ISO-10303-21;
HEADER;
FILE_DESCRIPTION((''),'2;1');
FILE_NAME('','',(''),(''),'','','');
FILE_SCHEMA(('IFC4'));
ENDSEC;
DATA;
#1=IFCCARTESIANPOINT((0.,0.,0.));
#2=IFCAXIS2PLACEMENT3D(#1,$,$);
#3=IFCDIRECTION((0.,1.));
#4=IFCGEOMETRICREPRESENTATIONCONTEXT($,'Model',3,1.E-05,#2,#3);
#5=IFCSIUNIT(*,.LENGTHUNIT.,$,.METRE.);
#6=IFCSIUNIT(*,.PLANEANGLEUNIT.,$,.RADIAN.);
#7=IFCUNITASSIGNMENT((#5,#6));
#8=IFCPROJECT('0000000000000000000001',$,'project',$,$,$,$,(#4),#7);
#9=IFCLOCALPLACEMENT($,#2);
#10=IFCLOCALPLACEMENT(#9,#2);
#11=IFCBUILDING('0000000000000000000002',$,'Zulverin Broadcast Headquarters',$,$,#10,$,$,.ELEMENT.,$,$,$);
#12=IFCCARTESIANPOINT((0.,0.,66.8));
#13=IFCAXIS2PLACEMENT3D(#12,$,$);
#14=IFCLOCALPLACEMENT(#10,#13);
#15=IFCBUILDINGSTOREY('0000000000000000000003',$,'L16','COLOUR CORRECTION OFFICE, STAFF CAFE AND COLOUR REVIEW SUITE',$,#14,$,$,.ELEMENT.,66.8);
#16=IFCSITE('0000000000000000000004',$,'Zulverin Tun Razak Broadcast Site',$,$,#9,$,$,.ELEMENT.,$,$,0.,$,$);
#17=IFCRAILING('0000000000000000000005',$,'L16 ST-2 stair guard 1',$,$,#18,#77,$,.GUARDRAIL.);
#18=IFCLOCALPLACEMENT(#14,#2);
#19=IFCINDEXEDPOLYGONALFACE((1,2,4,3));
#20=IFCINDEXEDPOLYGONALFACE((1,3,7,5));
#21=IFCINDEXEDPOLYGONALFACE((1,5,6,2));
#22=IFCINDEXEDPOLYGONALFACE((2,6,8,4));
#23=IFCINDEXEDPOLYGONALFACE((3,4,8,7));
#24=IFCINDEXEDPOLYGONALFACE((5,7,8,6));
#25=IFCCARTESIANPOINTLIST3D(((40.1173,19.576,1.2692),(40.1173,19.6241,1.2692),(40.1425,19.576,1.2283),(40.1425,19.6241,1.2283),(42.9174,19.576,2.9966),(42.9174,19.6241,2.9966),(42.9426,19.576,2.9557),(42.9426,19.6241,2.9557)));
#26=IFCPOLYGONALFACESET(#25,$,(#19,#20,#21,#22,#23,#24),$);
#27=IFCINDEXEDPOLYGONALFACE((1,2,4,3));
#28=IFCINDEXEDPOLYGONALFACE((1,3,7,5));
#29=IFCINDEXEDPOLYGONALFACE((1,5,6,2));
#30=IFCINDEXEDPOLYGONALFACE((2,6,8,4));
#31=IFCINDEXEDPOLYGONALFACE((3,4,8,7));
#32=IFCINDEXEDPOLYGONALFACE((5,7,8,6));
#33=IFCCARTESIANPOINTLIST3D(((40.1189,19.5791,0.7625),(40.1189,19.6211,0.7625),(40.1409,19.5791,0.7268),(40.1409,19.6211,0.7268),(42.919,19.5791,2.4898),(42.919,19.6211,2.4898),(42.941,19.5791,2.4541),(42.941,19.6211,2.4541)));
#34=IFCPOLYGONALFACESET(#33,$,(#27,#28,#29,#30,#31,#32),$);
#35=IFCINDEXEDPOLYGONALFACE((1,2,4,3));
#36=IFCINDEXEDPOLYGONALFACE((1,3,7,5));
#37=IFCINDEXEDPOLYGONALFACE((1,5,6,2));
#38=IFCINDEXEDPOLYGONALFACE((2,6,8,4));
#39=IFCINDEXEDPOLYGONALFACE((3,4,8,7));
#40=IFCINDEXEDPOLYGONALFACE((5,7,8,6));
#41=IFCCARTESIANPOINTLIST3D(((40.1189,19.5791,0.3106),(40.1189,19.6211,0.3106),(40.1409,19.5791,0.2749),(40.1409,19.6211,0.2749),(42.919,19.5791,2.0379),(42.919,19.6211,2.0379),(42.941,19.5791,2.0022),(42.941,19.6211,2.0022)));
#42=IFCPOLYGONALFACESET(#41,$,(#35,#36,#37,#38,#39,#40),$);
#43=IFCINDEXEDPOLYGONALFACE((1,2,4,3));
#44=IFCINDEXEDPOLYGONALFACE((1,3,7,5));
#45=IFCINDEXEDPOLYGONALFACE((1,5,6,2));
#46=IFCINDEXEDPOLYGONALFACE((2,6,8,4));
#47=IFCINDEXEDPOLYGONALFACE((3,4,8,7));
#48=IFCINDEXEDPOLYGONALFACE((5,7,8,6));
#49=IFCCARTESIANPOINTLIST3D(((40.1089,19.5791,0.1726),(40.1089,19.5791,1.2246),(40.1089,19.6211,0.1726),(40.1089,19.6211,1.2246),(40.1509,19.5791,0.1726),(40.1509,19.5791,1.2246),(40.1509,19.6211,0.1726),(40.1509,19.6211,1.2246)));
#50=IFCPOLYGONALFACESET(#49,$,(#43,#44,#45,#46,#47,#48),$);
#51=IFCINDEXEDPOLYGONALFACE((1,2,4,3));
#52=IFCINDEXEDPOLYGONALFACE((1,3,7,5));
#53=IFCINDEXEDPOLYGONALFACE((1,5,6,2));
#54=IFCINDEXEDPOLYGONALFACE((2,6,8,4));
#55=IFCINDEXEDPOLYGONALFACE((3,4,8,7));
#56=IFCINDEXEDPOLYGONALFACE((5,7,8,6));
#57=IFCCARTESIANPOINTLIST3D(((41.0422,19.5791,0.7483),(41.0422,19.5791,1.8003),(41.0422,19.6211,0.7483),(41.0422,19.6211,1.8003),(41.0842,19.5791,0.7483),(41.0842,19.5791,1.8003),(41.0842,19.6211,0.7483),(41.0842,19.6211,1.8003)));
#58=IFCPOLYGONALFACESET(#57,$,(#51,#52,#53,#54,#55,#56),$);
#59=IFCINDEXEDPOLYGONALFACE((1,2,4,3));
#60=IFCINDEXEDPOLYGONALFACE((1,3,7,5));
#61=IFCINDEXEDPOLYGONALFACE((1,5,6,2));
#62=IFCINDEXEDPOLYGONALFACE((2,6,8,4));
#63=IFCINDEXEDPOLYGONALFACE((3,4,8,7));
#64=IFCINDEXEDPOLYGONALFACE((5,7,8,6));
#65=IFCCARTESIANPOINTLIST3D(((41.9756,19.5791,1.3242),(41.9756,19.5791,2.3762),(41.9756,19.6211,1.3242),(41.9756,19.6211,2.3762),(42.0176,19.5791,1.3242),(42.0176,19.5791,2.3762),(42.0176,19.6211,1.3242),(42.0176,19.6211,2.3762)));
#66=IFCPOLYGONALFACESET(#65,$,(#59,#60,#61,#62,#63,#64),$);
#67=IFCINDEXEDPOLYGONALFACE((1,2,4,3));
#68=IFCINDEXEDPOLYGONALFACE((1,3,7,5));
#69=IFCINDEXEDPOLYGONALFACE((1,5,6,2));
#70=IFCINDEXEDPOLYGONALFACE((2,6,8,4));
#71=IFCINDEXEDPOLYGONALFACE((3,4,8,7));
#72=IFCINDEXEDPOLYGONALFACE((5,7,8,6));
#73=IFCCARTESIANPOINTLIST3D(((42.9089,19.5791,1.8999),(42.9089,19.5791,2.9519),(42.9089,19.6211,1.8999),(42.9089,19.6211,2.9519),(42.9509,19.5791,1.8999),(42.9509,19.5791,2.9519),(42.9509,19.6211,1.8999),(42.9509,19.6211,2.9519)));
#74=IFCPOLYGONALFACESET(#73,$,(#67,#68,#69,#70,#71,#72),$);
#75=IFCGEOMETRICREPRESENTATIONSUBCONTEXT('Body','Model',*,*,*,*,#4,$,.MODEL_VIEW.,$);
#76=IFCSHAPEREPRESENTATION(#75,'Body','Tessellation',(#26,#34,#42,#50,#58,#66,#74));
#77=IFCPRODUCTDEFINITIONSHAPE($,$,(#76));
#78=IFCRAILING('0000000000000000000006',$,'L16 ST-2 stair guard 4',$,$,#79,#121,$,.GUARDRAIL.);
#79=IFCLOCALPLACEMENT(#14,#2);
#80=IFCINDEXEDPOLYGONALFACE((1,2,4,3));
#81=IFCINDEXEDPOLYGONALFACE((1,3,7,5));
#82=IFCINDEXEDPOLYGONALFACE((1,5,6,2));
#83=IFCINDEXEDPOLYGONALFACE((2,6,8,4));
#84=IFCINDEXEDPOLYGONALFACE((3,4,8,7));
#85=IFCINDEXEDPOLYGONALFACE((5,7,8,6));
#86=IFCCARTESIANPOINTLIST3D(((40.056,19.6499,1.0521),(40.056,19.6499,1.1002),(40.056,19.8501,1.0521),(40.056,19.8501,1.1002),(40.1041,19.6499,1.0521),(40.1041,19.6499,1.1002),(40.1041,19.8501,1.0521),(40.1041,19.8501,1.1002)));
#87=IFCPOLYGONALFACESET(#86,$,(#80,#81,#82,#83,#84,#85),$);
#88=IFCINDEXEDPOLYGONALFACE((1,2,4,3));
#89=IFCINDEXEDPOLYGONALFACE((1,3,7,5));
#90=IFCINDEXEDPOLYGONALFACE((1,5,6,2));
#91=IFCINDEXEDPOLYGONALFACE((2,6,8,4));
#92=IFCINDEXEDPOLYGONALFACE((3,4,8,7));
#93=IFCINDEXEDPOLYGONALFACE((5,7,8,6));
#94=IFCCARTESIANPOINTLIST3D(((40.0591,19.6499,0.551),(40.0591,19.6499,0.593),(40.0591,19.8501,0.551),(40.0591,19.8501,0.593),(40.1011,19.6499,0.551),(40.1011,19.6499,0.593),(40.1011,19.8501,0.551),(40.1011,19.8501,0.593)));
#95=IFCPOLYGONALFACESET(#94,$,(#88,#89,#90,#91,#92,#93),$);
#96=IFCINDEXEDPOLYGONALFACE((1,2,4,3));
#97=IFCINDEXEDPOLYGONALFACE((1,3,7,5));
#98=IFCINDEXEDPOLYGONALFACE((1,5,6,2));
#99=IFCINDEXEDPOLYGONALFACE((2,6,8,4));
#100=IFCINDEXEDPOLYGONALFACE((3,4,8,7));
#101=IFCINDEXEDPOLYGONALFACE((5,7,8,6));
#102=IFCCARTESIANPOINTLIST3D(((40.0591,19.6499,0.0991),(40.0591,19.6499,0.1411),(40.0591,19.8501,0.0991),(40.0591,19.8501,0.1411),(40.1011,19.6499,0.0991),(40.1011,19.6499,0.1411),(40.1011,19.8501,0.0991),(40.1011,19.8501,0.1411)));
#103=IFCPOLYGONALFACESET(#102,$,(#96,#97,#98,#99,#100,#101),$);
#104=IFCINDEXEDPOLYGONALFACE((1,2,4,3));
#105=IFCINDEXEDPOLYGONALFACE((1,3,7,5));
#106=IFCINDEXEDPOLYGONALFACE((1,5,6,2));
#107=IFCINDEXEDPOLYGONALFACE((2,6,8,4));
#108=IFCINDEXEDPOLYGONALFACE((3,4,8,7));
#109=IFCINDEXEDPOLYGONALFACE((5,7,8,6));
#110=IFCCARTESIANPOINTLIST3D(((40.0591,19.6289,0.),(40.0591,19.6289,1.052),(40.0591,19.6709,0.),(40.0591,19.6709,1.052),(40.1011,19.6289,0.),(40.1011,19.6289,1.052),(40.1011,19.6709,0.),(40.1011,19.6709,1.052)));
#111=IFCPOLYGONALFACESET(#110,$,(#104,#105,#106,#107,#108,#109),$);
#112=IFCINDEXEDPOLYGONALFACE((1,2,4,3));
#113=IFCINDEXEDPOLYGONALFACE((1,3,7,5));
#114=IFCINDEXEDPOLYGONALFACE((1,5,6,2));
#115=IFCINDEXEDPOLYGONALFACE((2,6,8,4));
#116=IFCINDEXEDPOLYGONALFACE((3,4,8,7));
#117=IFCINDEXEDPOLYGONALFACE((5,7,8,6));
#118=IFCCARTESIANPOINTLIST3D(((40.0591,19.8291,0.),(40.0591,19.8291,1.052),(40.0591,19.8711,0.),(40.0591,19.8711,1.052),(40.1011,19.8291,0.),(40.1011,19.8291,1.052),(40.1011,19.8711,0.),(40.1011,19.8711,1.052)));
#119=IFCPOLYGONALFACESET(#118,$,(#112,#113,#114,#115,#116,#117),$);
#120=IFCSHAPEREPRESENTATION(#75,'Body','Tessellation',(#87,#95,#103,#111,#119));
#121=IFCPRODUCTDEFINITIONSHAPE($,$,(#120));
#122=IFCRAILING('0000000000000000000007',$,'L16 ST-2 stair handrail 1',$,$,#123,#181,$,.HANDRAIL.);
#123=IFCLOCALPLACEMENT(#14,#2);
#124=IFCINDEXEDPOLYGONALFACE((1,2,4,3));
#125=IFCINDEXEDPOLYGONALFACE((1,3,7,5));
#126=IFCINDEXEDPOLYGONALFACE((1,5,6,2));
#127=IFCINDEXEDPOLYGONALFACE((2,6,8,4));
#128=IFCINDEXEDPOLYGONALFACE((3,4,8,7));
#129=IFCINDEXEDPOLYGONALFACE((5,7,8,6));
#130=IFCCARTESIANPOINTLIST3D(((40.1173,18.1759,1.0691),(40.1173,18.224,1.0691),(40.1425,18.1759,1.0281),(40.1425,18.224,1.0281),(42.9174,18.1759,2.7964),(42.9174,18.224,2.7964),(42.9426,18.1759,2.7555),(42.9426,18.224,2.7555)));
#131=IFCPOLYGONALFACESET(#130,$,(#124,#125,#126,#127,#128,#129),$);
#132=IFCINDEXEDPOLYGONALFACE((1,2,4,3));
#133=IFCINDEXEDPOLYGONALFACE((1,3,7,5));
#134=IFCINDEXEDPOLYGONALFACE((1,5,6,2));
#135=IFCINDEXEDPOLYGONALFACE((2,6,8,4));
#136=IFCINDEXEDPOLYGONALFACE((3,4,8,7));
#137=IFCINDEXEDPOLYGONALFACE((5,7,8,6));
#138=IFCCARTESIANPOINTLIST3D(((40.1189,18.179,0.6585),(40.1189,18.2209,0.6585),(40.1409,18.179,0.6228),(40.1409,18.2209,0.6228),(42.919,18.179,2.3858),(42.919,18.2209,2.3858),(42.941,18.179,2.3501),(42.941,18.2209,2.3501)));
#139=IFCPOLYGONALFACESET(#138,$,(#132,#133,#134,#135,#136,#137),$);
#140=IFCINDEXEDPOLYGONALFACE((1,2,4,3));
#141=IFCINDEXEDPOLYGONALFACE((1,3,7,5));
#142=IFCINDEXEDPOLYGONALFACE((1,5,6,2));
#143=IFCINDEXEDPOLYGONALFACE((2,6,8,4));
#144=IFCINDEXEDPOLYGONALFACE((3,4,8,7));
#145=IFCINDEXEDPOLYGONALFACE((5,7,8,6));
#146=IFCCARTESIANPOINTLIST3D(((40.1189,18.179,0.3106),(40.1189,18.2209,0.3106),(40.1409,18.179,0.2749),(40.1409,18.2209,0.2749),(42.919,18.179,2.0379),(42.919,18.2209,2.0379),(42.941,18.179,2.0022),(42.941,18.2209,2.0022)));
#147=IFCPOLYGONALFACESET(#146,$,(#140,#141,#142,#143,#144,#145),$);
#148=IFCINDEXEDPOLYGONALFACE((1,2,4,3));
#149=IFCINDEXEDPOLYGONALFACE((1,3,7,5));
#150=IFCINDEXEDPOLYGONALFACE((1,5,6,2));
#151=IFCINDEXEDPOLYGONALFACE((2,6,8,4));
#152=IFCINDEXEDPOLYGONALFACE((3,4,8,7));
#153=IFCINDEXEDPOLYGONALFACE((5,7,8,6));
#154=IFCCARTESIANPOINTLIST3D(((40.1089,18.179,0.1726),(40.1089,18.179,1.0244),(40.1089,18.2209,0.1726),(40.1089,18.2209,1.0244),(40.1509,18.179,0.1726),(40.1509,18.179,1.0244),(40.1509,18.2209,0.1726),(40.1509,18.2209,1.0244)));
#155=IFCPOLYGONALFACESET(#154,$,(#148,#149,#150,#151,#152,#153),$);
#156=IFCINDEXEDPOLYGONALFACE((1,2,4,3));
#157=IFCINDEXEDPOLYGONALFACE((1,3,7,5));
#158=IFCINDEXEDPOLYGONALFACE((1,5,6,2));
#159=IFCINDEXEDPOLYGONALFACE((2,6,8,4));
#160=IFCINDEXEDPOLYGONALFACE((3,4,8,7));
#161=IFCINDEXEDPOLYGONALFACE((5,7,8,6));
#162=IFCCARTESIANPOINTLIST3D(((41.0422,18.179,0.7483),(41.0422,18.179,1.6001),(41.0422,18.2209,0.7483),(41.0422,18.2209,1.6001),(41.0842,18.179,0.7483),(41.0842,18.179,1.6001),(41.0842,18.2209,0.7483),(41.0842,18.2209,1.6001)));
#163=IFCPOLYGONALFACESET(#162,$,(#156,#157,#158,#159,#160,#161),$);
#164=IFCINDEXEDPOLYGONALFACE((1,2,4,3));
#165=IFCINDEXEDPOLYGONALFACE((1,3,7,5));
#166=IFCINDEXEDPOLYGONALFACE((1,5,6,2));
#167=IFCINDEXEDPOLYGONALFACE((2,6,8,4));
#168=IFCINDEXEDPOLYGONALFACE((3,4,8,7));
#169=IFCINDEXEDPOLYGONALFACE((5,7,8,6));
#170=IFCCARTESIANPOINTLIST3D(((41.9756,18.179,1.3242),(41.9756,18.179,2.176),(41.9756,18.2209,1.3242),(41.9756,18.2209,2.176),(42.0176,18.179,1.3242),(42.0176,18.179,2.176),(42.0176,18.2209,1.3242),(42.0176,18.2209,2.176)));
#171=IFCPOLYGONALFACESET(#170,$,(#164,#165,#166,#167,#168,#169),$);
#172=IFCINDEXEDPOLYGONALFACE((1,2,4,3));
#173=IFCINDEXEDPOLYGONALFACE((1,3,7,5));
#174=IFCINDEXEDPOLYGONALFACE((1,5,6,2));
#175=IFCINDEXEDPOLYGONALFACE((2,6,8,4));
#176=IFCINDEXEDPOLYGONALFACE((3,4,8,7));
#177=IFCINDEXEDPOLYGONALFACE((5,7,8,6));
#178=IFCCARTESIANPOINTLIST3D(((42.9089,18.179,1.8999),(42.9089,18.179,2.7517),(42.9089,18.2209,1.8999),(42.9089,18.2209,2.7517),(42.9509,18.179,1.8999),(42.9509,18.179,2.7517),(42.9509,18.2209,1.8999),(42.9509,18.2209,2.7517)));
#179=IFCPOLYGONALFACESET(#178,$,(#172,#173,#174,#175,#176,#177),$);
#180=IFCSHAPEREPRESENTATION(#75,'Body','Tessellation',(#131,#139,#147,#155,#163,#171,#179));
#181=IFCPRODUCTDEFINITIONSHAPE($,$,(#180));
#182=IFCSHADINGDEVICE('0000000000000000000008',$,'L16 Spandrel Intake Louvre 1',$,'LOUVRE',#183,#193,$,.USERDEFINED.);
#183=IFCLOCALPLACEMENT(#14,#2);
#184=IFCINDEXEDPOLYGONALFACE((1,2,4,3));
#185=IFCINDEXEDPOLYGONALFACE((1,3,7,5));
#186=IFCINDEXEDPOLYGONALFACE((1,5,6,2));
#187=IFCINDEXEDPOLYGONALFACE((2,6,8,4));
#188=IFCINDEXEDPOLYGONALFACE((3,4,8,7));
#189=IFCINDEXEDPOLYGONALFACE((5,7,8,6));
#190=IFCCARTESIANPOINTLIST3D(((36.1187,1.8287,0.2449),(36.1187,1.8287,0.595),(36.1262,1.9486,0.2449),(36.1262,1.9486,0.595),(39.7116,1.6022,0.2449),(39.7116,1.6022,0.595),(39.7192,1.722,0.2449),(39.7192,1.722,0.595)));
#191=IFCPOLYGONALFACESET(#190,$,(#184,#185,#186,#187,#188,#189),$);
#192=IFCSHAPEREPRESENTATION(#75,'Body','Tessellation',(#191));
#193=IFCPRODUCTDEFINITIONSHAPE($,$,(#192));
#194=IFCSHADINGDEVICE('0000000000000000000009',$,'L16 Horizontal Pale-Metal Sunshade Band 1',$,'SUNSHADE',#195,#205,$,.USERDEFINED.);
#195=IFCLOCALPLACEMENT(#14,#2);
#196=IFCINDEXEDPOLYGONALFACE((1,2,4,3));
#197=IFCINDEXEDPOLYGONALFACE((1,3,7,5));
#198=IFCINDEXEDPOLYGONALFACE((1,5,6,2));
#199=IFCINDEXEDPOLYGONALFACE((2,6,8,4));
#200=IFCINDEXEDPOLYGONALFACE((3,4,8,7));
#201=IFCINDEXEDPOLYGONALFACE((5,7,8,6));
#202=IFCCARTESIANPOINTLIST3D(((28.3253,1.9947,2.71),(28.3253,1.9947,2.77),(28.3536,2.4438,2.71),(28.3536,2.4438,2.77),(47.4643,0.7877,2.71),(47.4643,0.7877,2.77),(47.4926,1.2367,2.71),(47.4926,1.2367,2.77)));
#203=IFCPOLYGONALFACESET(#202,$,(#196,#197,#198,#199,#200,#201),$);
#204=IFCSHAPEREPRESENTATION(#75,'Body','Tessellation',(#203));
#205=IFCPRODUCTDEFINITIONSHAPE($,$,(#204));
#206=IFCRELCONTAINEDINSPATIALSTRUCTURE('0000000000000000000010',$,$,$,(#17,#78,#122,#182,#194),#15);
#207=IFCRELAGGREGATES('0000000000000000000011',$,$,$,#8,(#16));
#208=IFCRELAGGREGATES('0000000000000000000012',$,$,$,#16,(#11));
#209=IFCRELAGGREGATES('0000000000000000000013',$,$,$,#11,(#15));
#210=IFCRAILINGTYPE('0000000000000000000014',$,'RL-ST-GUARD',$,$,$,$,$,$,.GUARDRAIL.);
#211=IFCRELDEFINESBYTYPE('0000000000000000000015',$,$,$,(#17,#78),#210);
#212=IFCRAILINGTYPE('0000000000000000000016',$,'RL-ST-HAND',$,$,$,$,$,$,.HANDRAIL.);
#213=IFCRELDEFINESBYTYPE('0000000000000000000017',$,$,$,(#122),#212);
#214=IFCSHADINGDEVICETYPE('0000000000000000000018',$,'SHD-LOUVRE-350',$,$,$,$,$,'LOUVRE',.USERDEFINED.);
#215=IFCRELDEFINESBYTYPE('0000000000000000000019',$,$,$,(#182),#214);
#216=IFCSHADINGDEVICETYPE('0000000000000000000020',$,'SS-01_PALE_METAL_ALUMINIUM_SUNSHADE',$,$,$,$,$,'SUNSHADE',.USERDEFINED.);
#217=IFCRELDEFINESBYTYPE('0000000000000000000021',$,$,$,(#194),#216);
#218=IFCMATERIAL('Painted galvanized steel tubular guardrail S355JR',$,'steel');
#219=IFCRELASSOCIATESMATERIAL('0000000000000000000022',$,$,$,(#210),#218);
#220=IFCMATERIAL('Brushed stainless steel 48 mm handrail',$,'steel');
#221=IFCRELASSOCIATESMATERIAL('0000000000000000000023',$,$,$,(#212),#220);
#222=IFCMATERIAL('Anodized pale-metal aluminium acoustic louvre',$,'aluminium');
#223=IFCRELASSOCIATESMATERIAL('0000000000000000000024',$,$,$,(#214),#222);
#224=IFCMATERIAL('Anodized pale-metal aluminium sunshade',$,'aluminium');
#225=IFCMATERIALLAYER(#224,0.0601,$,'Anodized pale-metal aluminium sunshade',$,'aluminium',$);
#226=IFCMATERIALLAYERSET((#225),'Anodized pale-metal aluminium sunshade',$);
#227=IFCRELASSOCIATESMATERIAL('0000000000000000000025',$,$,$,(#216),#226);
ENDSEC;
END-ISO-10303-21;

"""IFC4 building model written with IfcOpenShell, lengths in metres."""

from ifc_helpers import new_model, si_unit, direction, frame, origin, origin_2d, place, context, subcontext, project, spatial, rectangle, extrude, material, layer, layer_set, type_object, element, save


model = new_model("IFC4")

# Units and contexts
model_context = context("Model", 3, precision=1e-05, world=origin(), true_north=direction((0.0, 1.0)))
body_context = subcontext(model_context, "Body", "Model", "MODEL_VIEW")
ifc_project = project(units=[si_unit("LENGTHUNIT", "METRE"), si_unit("PLANEANGLEUNIT", "RADIAN")], contexts=[model_context])

# Site, building, storey
site_placement = place(None, origin())
site = spatial("IfcSite", under=ifc_project, at=site_placement, Name="Zulverin Tun Razak Broadcast Site", CompositionType="ELEMENT", RefElevation=0.0)
building_placement = place(site_placement, origin())
building = spatial("IfcBuilding", under=site, at=building_placement, Name="Zulverin Broadcast Headquarters", CompositionType="ELEMENT")
storey_placement = place(building_placement, frame((0.0, 0.0, 66.8)))
storey = spatial("IfcBuildingStorey", under=building, at=storey_placement, Name="L16", Description="COLOUR CORRECTION OFFICE, STAFF CAFE AND COLOUR REVIEW SUITE", CompositionType="ELEMENT", Elevation=66.8)

# Railings
ifc_material_1 = material(Name="Painted galvanized steel tubular guardrail S355JR", Category="steel")
railing_type_1 = type_object("IfcRailingType", Name="RL-ST-GUARD", PredefinedType="GUARDRAIL", material=ifc_material_1)
railing_1_placement = place(storey_placement, frame((40.1299, 19.6001, 0.1726)))
element("IfcRailing", 1, at=railing_1_placement, inside=storey, type_object=railing_type_1, Name="L16 ST-2 stair guard 1", PredefinedType="GUARDRAIL", context=body_context, shape_type="SweptSolid", body=[
    extrude(rectangle(XDim=0.0481, YDim=0.0481, at=origin_2d()), frame((0.0, 0.0, 1.0762), z_axis=(0.85109, 0.0, 0.52502), x_axis=(0.0, 1.0, 0.0)), (0.0, 0.0, 1.0), 3.29),
    extrude(rectangle(XDim=0.042, YDim=0.042, at=origin_2d()), frame((0.0, 0.0, 0.572), z_axis=(0.85109, 0.0, 0.52502), x_axis=(0.0, 1.0, 0.0)), (0.0, 0.0, 1.0), 3.29),
    extrude(rectangle(XDim=0.042, YDim=0.042, at=origin_2d()), frame((0.0, 0.0, 0.1201), z_axis=(0.85109, 0.0, 0.52502), x_axis=(0.0, 1.0, 0.0)), (0.0, 0.0, 1.0), 3.29),
    extrude(rectangle(XDim=0.042, YDim=0.042, at=origin_2d()), origin(), (0.0, 0.0, 1.0), 1.052),
    extrude(rectangle(XDim=0.042, YDim=0.042, at=origin_2d()), frame((0.9333, 0.0, 0.5757)), (0.0, 0.0, 1.0), 1.052),
    extrude(rectangle(XDim=0.042, YDim=0.042, at=origin_2d()), frame((1.8667, 0.0, 1.1516)), (0.0, 0.0, 1.0), 1.052),
    extrude(rectangle(XDim=0.042, YDim=0.042, at=origin_2d()), frame((2.8, 0.0, 1.7273)), (0.0, 0.0, 1.0), 1.052),
])
railing_2_placement = place(storey_placement, frame((40.0801, 19.6499, 0.0)))
element("IfcRailing", 2, at=railing_2_placement, inside=storey, type_object=railing_type_1, Name="L16 ST-2 stair guard 4", PredefinedType="GUARDRAIL", context=body_context, shape_type="SweptSolid", body=[
    extrude(rectangle(XDim=0.0481, YDim=0.0481, at=origin_2d()), frame((0.0, 0.0, 1.0762), z_axis=(0.0, 1.0, 0.0), x_axis=(-1.0, 0.0, 0.0)), (0.0, 0.0, 1.0), 0.2002),
    extrude(rectangle(XDim=0.042, YDim=0.042, at=origin_2d()), frame((0.0, 0.0, 0.572), z_axis=(0.0, 1.0, 0.0), x_axis=(-1.0, 0.0, 0.0)), (0.0, 0.0, 1.0), 0.2002),
    extrude(rectangle(XDim=0.042, YDim=0.042, at=origin_2d()), frame((0.0, 0.0, 0.1201), z_axis=(0.0, 1.0, 0.0), x_axis=(-1.0, 0.0, 0.0)), (0.0, 0.0, 1.0), 0.2002),
    extrude(rectangle(XDim=0.042, YDim=0.042, at=origin_2d()), origin(), (0.0, 0.0, 1.0), 1.052),
    extrude(rectangle(XDim=0.042, YDim=0.042, at=origin_2d()), frame((0.0, 0.2002, 0.0)), (0.0, 0.0, 1.0), 1.052),
])
ifc_material_2 = material(Name="Brushed stainless steel 48 mm handrail", Category="steel")
railing_type_2 = type_object("IfcRailingType", Name="RL-ST-HAND", PredefinedType="HANDRAIL", material=ifc_material_2)
railing_3_placement = place(storey_placement, frame((40.1299, 18.2, 0.1726)))
element("IfcRailing", 3, at=railing_3_placement, inside=storey, type_object=railing_type_2, Name="L16 ST-2 stair handrail 1", PredefinedType="HANDRAIL", context=body_context, shape_type="SweptSolid", body=[
    extrude(rectangle(XDim=0.0481, YDim=0.0481, at=origin_2d()), frame((0.0, 0.0, 0.876), z_axis=(0.85109, 0.0, 0.52502), x_axis=(0.0, 1.0, 0.0)), (0.0, 0.0, 1.0), 3.29),
    extrude(rectangle(XDim=0.042, YDim=0.042, at=origin_2d()), frame((0.0, 0.0, 0.468), z_axis=(0.85109, 0.0, 0.52502), x_axis=(0.0, 1.0, 0.0)), (0.0, 0.0, 1.0), 3.29),
    extrude(rectangle(XDim=0.042, YDim=0.042, at=origin_2d()), frame((0.0, 0.0, 0.1201), z_axis=(0.85109, 0.0, 0.52502), x_axis=(0.0, 1.0, 0.0)), (0.0, 0.0, 1.0), 3.29),
    extrude(rectangle(XDim=0.042, YDim=0.042, at=origin_2d()), origin(), (0.0, 0.0, 1.0), 0.8518),
    extrude(rectangle(XDim=0.042, YDim=0.042, at=origin_2d()), frame((0.9333, 0.0, 0.5757)), (0.0, 0.0, 1.0), 0.8518),
    extrude(rectangle(XDim=0.042, YDim=0.042, at=origin_2d()), frame((1.8667, 0.0, 1.1516)), (0.0, 0.0, 1.0), 0.8518),
    extrude(rectangle(XDim=0.042, YDim=0.042, at=origin_2d()), frame((2.8, 0.0, 1.7273)), (0.0, 0.0, 1.0), 0.8518),
])

# Shading devices
ifc_material_3 = material(Name="Anodized pale-metal aluminium acoustic louvre", Category="aluminium")
shading_device_type_1 = type_object("IfcShadingDeviceType", Name="SHD-LOUVRE-350", ElementType="LOUVRE", PredefinedType="USERDEFINED", material=ifc_material_3)
shading_device_1_placement = place(storey_placement, frame((37.9189, 1.7754, 0.2449), z_axis=(0.0, 0.0, 1.0), x_axis=(0.998017, -0.062942, 0.0)))
element("IfcShadingDevice", 4, at=shading_device_1_placement, inside=storey, type_object=shading_device_type_1, Name="L16 Spandrel Intake Louvre 1", ObjectType="LOUVRE", PredefinedType="USERDEFINED", context=body_context, shape_type="SweptSolid", body=[
    extrude(rectangle(XDim=3.6001, YDim=0.1201, at=origin_2d()), origin(), (0.0, 0.0, 1.0), 0.3501),
])
ifc_material_4 = material(Name="Anodized pale-metal aluminium sunshade", Category="aluminium")
ifc_layer_1 = layer(ifc_material_4, 0.0601, Name="Anodized pale-metal aluminium sunshade", Category="aluminium")
ifc_layer_set_1 = layer_set([ifc_layer_1], Name="Anodized pale-metal aluminium sunshade")
shading_device_type_2 = type_object("IfcShadingDeviceType", Name="SS-01_PALE_METAL_ALUMINIUM_SUNSHADE", ElementType="SUNSHADE", PredefinedType="USERDEFINED", material=ifc_layer_set_1)
shading_device_2_placement = place(storey_placement, frame((37.9089, 1.6157, 2.71), z_axis=(0.0, 0.0, 1.0), x_axis=(0.998017, -0.062942, 0.0)))
element("IfcShadingDevice", 5, at=shading_device_2_placement, inside=storey, type_object=shading_device_type_2, Name="L16 Horizontal Pale-Metal Sunshade Band 1", ObjectType="SUNSHADE", PredefinedType="USERDEFINED", context=body_context, shape_type="SweptSolid", body=[
    extrude(rectangle(XDim=19.177, YDim=0.45, at=origin_2d()), origin(), (0.0, 0.0, 1.0), 0.0601),
])

save(model, "model.ifc")
